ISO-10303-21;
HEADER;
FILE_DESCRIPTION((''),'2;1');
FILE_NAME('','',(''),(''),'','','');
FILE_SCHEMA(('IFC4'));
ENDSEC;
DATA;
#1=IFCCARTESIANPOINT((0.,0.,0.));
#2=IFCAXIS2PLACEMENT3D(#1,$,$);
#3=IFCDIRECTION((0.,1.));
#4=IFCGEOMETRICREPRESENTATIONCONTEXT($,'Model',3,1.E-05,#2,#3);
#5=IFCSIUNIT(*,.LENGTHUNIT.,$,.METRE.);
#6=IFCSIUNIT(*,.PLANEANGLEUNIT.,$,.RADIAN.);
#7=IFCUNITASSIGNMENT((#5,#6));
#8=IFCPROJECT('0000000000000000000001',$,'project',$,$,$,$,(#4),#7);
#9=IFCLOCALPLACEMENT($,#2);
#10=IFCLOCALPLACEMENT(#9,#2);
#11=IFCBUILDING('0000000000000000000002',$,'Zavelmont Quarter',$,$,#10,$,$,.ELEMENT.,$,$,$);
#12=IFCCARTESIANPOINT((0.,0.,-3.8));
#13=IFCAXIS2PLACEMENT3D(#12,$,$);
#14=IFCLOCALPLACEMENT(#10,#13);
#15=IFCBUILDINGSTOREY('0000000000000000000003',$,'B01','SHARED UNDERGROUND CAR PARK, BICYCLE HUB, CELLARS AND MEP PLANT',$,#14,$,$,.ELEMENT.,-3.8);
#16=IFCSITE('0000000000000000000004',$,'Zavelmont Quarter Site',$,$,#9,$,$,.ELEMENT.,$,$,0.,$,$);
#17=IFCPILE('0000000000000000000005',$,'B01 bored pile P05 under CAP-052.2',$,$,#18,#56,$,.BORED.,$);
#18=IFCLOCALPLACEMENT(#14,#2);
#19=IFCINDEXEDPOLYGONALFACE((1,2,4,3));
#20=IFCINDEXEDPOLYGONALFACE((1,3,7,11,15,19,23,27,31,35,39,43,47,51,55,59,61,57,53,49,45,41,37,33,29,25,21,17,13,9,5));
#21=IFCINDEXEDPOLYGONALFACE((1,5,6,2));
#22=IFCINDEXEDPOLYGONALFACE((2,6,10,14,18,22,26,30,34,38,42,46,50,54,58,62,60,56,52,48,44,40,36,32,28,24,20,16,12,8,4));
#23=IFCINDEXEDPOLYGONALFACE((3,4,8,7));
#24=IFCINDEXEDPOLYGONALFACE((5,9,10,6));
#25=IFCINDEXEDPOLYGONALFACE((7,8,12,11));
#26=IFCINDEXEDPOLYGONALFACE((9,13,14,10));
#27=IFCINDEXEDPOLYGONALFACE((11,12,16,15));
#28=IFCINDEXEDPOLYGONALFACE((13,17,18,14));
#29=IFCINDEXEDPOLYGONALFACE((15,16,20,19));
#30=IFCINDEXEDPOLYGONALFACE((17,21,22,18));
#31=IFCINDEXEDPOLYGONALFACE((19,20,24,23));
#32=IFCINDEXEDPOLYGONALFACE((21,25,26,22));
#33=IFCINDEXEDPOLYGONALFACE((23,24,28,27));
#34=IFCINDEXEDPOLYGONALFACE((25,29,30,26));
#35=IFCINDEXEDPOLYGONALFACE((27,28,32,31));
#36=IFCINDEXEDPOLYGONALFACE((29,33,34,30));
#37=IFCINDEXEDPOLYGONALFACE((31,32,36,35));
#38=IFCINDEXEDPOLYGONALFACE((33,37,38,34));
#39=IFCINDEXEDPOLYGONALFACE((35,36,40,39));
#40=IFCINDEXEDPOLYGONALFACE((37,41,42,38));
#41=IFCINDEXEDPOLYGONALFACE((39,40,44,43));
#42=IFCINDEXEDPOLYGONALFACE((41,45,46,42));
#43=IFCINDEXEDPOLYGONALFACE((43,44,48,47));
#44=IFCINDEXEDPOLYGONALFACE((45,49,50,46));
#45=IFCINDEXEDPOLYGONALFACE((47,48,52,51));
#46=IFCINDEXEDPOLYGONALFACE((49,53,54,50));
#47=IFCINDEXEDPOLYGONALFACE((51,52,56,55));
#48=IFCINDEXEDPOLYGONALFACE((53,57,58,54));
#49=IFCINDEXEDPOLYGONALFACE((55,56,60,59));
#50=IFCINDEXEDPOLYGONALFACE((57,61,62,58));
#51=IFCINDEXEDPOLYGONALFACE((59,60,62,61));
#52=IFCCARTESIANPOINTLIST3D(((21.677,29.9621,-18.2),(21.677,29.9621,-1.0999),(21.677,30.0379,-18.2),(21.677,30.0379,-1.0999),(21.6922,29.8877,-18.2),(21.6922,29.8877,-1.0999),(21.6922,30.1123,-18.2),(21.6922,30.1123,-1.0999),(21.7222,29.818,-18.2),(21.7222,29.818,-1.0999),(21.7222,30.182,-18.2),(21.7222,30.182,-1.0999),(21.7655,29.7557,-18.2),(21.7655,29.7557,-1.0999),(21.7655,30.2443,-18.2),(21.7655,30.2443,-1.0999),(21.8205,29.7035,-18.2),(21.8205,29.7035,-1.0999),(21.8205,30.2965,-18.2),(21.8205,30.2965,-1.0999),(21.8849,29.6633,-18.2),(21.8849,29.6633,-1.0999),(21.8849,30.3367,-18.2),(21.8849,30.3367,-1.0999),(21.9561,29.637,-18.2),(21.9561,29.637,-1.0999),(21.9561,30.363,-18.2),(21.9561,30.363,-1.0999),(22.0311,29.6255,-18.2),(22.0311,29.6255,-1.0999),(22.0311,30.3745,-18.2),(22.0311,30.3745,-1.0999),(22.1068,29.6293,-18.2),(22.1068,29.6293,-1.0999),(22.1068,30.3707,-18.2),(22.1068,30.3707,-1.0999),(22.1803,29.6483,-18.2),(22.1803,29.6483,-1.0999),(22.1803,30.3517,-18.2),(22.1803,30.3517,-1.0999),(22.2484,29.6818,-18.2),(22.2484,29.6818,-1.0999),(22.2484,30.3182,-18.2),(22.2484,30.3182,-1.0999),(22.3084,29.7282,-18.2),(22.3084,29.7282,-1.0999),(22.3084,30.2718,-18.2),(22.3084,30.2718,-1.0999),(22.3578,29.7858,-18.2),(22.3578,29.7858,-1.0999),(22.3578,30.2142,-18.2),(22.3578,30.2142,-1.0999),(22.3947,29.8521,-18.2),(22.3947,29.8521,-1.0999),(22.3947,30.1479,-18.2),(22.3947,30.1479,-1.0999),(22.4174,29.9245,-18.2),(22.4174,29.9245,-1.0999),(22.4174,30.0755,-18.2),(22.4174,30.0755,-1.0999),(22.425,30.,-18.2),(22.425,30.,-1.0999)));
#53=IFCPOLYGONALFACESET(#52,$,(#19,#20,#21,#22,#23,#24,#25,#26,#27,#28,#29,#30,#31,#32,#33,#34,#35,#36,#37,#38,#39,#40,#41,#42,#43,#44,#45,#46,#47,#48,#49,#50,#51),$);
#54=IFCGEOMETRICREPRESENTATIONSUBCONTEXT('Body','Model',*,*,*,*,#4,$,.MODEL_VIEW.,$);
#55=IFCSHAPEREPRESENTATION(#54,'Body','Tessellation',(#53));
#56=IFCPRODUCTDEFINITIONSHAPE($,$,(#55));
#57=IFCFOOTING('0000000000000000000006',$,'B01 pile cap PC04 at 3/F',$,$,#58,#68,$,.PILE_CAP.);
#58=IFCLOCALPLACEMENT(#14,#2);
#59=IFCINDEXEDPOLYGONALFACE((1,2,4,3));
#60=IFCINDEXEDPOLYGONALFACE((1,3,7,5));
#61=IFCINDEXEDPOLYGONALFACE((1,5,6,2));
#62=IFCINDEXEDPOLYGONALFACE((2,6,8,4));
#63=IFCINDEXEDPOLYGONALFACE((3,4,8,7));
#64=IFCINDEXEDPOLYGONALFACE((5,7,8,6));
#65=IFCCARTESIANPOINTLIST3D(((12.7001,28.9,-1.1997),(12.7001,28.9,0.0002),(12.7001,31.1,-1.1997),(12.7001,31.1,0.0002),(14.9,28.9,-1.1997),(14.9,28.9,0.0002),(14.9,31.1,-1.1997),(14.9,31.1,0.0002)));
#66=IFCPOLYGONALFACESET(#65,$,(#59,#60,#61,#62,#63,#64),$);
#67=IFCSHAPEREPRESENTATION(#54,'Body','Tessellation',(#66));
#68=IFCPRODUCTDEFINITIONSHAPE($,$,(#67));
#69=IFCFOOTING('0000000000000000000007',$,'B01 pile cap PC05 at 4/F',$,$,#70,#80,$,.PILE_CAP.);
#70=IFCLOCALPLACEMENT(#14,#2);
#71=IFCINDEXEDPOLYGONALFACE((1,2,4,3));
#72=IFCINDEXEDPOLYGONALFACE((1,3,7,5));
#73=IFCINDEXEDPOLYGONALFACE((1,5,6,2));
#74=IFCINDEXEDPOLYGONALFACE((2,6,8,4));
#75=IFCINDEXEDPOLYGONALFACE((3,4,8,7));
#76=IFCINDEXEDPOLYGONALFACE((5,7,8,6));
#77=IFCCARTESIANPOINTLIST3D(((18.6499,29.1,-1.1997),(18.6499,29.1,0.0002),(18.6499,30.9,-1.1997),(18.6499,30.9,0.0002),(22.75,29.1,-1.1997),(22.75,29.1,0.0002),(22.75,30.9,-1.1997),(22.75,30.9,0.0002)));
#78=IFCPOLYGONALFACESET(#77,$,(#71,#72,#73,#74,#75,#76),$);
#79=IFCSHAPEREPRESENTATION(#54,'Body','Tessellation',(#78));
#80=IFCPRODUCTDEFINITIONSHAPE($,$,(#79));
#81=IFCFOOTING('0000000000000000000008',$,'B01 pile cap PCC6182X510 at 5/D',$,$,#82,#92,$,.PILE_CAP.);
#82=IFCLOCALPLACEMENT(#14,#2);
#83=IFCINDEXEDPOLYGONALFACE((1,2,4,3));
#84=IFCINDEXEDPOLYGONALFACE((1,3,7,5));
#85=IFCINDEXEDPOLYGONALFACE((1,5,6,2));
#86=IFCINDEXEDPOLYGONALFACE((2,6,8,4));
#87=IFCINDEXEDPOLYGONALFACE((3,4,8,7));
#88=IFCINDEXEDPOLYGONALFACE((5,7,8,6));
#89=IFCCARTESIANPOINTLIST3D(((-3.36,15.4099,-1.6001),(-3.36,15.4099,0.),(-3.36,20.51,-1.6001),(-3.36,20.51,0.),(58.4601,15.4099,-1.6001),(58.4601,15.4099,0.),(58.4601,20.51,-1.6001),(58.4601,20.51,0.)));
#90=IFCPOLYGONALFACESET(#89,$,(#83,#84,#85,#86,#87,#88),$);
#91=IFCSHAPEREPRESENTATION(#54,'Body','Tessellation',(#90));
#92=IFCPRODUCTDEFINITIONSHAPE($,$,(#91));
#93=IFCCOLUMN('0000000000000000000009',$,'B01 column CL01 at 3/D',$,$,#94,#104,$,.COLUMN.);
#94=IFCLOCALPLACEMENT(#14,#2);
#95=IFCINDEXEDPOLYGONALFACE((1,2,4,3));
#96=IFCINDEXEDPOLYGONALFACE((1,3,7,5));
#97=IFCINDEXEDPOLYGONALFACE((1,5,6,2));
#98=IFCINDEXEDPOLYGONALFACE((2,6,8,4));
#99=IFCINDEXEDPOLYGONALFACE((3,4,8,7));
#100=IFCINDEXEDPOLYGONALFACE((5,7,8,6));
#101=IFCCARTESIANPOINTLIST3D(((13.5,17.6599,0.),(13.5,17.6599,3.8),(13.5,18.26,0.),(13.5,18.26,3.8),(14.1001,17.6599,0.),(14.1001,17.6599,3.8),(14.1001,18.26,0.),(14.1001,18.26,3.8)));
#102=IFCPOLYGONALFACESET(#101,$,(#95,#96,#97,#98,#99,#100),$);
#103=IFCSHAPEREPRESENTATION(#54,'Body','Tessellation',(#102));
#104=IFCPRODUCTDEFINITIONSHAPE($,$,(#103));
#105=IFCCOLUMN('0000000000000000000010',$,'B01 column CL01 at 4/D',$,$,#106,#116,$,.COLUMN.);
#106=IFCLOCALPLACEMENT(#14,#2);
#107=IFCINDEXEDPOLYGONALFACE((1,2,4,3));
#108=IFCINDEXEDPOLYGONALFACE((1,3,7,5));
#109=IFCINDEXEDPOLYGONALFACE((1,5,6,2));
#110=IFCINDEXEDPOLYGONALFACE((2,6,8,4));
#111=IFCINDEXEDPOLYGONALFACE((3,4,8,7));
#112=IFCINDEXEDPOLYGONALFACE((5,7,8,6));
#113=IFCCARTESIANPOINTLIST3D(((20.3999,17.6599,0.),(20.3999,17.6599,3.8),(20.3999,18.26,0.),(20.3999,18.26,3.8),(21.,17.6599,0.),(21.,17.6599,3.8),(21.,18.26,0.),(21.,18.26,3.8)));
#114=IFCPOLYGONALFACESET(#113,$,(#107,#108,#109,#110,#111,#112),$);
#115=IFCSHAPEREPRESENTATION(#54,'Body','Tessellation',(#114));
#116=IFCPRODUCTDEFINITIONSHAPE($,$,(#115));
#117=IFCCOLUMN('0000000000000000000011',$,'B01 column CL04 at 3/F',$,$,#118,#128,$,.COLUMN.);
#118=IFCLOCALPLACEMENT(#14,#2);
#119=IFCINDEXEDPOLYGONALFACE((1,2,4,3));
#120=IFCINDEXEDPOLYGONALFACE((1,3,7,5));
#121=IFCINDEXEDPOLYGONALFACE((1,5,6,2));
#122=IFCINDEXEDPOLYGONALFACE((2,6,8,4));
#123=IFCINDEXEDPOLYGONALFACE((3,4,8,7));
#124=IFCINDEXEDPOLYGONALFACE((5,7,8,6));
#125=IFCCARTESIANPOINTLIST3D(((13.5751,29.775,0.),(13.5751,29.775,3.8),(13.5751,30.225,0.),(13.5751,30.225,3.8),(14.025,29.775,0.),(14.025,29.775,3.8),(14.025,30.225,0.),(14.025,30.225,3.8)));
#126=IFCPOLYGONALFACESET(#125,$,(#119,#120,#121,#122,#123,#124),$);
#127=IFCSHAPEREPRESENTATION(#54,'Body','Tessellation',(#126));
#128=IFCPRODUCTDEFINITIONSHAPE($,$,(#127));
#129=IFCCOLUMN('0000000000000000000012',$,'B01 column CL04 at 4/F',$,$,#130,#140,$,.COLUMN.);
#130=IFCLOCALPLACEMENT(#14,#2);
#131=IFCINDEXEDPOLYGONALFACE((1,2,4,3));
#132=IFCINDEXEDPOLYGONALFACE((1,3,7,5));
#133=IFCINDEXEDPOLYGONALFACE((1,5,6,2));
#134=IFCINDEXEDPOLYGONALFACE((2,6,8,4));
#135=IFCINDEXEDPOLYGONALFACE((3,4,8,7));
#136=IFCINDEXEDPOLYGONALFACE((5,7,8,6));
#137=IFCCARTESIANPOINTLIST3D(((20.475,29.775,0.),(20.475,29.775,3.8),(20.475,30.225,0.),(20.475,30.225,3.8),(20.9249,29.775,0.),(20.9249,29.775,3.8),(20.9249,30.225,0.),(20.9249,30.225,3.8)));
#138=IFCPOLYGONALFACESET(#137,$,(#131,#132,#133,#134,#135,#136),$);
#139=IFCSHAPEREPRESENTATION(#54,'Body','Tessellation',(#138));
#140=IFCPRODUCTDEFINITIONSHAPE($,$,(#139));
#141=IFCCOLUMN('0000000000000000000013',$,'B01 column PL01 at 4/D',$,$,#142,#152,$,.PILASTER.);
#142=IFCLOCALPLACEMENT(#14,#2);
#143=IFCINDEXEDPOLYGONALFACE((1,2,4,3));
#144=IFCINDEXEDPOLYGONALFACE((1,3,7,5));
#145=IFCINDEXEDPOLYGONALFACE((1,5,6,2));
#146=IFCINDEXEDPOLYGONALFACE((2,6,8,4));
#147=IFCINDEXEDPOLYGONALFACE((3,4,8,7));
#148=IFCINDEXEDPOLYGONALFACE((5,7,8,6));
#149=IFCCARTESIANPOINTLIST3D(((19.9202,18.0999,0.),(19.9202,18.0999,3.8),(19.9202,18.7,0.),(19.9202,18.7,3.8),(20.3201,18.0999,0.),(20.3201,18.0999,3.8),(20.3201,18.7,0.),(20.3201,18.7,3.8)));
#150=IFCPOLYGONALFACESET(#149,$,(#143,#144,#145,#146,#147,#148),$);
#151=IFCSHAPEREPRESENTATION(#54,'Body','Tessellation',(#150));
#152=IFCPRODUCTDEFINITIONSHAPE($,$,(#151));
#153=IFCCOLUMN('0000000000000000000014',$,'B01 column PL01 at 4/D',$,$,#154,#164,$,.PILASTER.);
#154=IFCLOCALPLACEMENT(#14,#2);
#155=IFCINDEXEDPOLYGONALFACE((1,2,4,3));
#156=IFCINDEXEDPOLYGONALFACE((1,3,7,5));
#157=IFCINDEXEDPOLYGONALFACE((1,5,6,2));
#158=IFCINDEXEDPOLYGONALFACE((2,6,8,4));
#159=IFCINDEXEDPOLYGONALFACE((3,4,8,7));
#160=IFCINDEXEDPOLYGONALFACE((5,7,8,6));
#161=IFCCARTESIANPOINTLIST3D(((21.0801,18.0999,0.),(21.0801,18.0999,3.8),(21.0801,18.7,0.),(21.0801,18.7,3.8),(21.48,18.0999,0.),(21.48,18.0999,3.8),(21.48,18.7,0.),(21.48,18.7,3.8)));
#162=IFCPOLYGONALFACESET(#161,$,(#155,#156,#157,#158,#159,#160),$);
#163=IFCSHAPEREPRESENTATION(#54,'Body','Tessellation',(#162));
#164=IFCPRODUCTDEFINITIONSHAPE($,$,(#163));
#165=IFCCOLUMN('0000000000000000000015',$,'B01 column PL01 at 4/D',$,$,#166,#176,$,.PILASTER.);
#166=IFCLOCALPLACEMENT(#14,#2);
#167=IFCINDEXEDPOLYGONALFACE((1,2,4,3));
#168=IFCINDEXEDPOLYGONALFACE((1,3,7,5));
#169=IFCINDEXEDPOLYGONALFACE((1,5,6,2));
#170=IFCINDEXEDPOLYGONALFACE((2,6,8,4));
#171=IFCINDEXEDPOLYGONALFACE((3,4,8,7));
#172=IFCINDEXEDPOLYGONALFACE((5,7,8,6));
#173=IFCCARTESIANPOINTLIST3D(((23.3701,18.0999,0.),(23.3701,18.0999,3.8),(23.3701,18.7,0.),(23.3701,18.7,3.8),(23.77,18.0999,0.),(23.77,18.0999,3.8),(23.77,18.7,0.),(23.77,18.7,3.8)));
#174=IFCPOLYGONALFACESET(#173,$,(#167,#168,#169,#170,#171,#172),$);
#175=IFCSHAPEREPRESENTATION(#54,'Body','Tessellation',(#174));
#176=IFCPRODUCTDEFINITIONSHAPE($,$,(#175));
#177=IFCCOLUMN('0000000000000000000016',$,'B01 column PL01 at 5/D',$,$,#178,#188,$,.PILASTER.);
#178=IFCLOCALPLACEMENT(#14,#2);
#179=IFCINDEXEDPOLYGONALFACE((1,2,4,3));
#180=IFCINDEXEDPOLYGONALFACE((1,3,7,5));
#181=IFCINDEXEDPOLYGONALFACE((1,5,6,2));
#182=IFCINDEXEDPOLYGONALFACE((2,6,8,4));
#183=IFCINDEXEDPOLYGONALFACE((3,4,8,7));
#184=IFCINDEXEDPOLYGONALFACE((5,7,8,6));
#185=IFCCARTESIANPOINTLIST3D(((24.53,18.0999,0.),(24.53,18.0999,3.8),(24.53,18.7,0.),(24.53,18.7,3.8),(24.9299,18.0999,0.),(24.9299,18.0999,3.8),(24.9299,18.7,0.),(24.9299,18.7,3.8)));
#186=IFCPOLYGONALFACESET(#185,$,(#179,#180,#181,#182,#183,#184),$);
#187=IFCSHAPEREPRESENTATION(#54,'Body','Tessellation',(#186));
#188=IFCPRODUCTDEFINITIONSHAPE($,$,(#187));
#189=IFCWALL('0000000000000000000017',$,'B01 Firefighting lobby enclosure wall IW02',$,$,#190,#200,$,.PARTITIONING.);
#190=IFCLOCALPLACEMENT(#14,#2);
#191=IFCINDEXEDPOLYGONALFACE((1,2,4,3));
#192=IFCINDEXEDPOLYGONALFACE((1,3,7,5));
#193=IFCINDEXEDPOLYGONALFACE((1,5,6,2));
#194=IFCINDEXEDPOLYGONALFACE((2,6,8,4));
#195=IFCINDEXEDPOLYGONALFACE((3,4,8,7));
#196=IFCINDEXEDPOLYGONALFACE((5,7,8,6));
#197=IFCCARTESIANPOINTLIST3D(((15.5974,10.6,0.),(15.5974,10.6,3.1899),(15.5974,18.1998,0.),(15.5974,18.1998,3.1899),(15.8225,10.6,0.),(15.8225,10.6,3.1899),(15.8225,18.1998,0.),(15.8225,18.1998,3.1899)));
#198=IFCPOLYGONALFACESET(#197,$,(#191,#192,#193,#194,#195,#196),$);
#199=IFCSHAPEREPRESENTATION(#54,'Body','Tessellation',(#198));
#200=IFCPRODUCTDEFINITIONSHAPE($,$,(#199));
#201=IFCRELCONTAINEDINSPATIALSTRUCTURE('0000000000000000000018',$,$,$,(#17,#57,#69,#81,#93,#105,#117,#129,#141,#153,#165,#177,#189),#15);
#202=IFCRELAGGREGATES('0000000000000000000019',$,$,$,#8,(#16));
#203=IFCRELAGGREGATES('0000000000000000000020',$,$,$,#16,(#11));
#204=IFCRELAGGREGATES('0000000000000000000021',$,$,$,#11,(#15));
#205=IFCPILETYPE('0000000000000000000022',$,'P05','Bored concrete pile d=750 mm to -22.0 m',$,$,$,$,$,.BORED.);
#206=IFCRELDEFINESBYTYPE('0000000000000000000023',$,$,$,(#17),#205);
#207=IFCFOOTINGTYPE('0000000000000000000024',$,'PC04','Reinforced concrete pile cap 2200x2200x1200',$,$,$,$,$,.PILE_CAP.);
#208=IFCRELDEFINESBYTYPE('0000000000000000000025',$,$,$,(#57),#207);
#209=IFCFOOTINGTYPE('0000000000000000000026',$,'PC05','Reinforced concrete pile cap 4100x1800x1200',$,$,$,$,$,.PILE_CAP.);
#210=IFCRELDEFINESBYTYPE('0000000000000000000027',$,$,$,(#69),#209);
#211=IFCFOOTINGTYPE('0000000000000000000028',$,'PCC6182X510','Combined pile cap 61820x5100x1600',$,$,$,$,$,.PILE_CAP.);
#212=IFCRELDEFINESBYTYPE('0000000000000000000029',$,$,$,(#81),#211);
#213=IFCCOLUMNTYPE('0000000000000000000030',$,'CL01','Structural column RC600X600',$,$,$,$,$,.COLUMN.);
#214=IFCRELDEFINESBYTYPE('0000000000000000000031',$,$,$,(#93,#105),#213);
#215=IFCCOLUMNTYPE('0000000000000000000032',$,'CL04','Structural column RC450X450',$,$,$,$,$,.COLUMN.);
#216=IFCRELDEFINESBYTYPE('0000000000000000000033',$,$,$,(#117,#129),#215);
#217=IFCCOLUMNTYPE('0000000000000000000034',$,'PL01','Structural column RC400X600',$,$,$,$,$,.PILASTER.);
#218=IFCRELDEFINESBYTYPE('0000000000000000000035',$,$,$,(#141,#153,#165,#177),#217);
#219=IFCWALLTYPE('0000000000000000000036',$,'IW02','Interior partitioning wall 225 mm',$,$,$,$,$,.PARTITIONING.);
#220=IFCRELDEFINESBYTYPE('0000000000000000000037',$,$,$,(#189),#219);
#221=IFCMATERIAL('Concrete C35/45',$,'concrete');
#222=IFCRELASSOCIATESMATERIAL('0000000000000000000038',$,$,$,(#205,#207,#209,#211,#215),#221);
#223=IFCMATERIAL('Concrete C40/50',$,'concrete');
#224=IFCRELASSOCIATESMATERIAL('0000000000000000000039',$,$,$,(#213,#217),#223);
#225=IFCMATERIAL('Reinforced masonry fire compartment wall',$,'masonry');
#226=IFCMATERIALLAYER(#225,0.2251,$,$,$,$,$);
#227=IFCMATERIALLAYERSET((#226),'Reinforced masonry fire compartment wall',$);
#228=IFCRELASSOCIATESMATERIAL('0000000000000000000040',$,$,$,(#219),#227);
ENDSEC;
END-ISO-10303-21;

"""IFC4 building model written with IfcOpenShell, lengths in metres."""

from ifc_helpers import new_model, si_unit, direction, frame, frame_2d, origin, origin_2d, place, context, subcontext, project, spatial, rectangle, circle, extrude, material, layer, layer_set, material_profile, profile_set, type_object, element, save


model = new_model("IFC4")

# Units and contexts
model_context = context("Model", 3, precision=1e-05, world=origin(), true_north=direction((0.0, 1.0)))
body_context = subcontext(model_context, "Body", "Model", "MODEL_VIEW")
ifc_project = project(units=[si_unit("LENGTHUNIT", "METRE"), si_unit("PLANEANGLEUNIT", "RADIAN")], contexts=[model_context])

# Site, building, storey
site_placement = place(None, origin())
site = spatial("IfcSite", under=ifc_project, at=site_placement, Name="Zavelmont Quarter Site", CompositionType="ELEMENT", RefElevation=0.0)
building_placement = place(site_placement, origin())
building = spatial("IfcBuilding", under=site, at=building_placement, Name="Zavelmont Quarter", CompositionType="ELEMENT")
storey_placement = place(building_placement, frame((0.0, 0.0, -3.8)))
storey = spatial("IfcBuildingStorey", under=building, at=storey_placement, Name="B01", Description="SHARED UNDERGROUND CAR PARK, BICYCLE HUB, CELLARS AND MEP PLANT", CompositionType="ELEMENT", Elevation=-3.8)

# Shared definitions
ifc_material_1 = material(Name="Concrete C35/45", Category="concrete")

# Pile
ifc_material_profile_1 = material_profile(ifc_material_1, circle(Radius=0.375, at=origin_2d()), Name="BP750")
ifc_profile_set_1 = profile_set([ifc_material_profile_1], Name="Concrete C35/45")
pile_type_1 = type_object("IfcPileType", Name="P05", Description="Bored concrete pile d=750 mm to -22.0 m", PredefinedType="BORED", material=ifc_profile_set_1)
for number, where, z_axis, x_axis, name in (
    (1, (22.05, 30.0, -1.0999), (0.0, 0.0, -1.0), (1.0, 0.0, 0.0), "B01 bored pile P05 under CAP-052.2"),
):
    element("IfcPile", number, at=place(storey_placement, frame(where, z_axis=z_axis, x_axis=x_axis)), inside=storey, type_object=pile_type_1, Name=name, PredefinedType="BORED", context=body_context, shape_type="SweptSolid", body=[
        extrude(circle(Radius=0.375, at=origin_2d()), origin(), (0.0, 0.0, 1.0), 17.1001),
    ])

# Footings
footing_type_1 = type_object("IfcFootingType", Name="PC04", Description="Reinforced concrete pile cap 2200x2200x1200", PredefinedType="PILE_CAP", material=ifc_material_1)
footing_1_placement = place(storey_placement, frame((13.8, 30.0, -1.1997), z_axis=(0.0, 0.0, 1.0), x_axis=(1.0, 0.0, 0.0)))
element("IfcFooting", 2, at=footing_1_placement, inside=storey, type_object=footing_type_1, Name="B01 pile cap PC04 at 3/F", PredefinedType="PILE_CAP", context=body_context, shape_type="SweptSolid", body=[
    extrude(rectangle(XDim=2.2, YDim=2.2, at=origin_2d()), origin(), (0.0, 0.0, 1.0), 1.2),
])
footing_type_2 = type_object("IfcFootingType", Name="PC05", Description="Reinforced concrete pile cap 4100x1800x1200", PredefinedType="PILE_CAP", material=ifc_material_1)
footing_2_placement = place(storey_placement, frame((20.7, 30.0, -1.1997), z_axis=(0.0, 0.0, 1.0), x_axis=(1.0, 0.0, 0.0)))
element("IfcFooting", 3, at=footing_2_placement, inside=storey, type_object=footing_type_2, Name="B01 pile cap PC05 at 4/F", PredefinedType="PILE_CAP", context=body_context, shape_type="SweptSolid", body=[
    extrude(rectangle(XDim=4.1001, YDim=1.8, at=origin_2d()), origin(), (0.0, 0.0, 1.0), 1.2),
])
footing_type_3 = type_object("IfcFootingType", Name="PCC6182X510", Description="Combined pile cap 61820x5100x1600", PredefinedType="PILE_CAP", material=ifc_material_1)
footing_3_placement = place(storey_placement, frame((27.55, 17.96, -1.6001), z_axis=(0.0, 0.0, 1.0), x_axis=(1.0, 0.0, 0.0)))
element("IfcFooting", 4, at=footing_3_placement, inside=storey, type_object=footing_type_3, Name="B01 pile cap PCC6182X510 at 5/D", PredefinedType="PILE_CAP", context=body_context, shape_type="SweptSolid", body=[
    extrude(rectangle(XDim=61.8201, YDim=5.1001, at=origin_2d()), origin(), (0.0, 0.0, 1.0), 1.6001),
])

# Columns
ifc_material_2 = material(Name="Concrete C40/50", Category="concrete")
ifc_material_profile_2 = material_profile(ifc_material_2, rectangle(XDim=0.6001, YDim=0.6001, at=origin_2d()), Name="RC600X600")
ifc_profile_set_2 = profile_set([ifc_material_profile_2], Name="Concrete C40/50")
column_type_1 = type_object("IfcColumnType", Name="CL01", Description="Structural column RC600X600", PredefinedType="COLUMN", material=ifc_profile_set_2)
for number, where, z_axis, x_axis, name in (
    (5, (13.8, 17.96, 0.0), (0.0, 0.0, 1.0), (1.0, 0.0, 0.0), "B01 column CL01 at 3/D"),
    (6, (20.7, 17.96, 0.0), (0.0, 0.0, 1.0), (1.0, 0.0, 0.0), "B01 column CL01 at 4/D"),
):
    element("IfcColumn", number, at=place(storey_placement, frame(where, z_axis=z_axis, x_axis=x_axis)), inside=storey, type_object=column_type_1, Name=name, PredefinedType="COLUMN", context=body_context, shape_type="SweptSolid", body=[
        extrude(rectangle(XDim=0.6001, YDim=0.6001, at=origin_2d()), origin(), (0.0, 0.0, 1.0), 3.8),
    ])
ifc_material_profile_3 = material_profile(ifc_material_1, rectangle(XDim=0.45, YDim=0.45, at=origin_2d()), Name="RC450X450")
ifc_profile_set_3 = profile_set([ifc_material_profile_3], Name="Concrete C35/45")
column_type_2 = type_object("IfcColumnType", Name="CL04", Description="Structural column RC450X450", PredefinedType="COLUMN", material=ifc_profile_set_3)
for number, where, z_axis, x_axis, name in (
    (7, (13.8, 30.0, 0.0), (0.0, 0.0, 1.0), (1.0, 0.0, 0.0), "B01 column CL04 at 3/F"),
    (8, (20.7, 30.0, 0.0), (0.0, 0.0, 1.0), (1.0, 0.0, 0.0), "B01 column CL04 at 4/F"),
):
    element("IfcColumn", number, at=place(storey_placement, frame(where, z_axis=z_axis, x_axis=x_axis)), inside=storey, type_object=column_type_2, Name=name, PredefinedType="COLUMN", context=body_context, shape_type="SweptSolid", body=[
        extrude(rectangle(XDim=0.45, YDim=0.45, at=origin_2d()), origin(), (0.0, 0.0, 1.0), 3.8),
    ])
ifc_material_profile_4 = material_profile(ifc_material_2, rectangle(XDim=0.3999, YDim=0.6001, at=origin_2d()), Name="RC400X600")
ifc_profile_set_4 = profile_set([ifc_material_profile_4], Name="Concrete C40/50")
column_type_3 = type_object("IfcColumnType", Name="PL01", Description="Structural column RC400X600", PredefinedType="PILASTER", material=ifc_profile_set_4)
for number, where, z_axis, x_axis, name in (
    (9, (20.1201, 18.3999, 0.0), (0.0, 0.0, 1.0), (1.0, 0.0, 0.0), "B01 column PL01 at 4/D"),
    (10, (21.28, 18.3999, 0.0), (0.0, 0.0, 1.0), (1.0, 0.0, 0.0), "B01 column PL01 at 4/D"),
    (11, (23.5701, 18.3999, 0.0), (0.0, 0.0, 1.0), (1.0, 0.0, 0.0), "B01 column PL01 at 4/D"),
    (12, (24.73, 18.3999, 0.0), (0.0, 0.0, 1.0), (1.0, 0.0, 0.0), "B01 column PL01 at 5/D"),
):
    element("IfcColumn", number, at=place(storey_placement, frame(where, z_axis=z_axis, x_axis=x_axis)), inside=storey, type_object=column_type_3, Name=name, PredefinedType="PILASTER", context=body_context, shape_type="SweptSolid", body=[
        extrude(rectangle(XDim=0.3999, YDim=0.6001, at=origin_2d()), origin(), (0.0, 0.0, 1.0), 3.8),
    ])

# Wall
ifc_material_3 = material(Name="Reinforced masonry fire compartment wall", Category="masonry")
ifc_layer_1 = layer(ifc_material_3, 0.2251)
ifc_layer_set_1 = layer_set([ifc_layer_1], Name="Reinforced masonry fire compartment wall")
wall_type_1 = type_object("IfcWallType", Name="IW02", Description="Interior partitioning wall 225 mm", PredefinedType="PARTITIONING", material=ifc_layer_set_1)
wall_1_placement = place(storey_placement, frame((15.71, 10.6001, 0.0), z_axis=(0.0, 0.0, 1.0), x_axis=(0.0, 1.0, 0.0)))
element("IfcWall", 13, at=wall_1_placement, inside=storey, type_object=wall_type_1, Name="B01 Firefighting lobby enclosure wall IW02", PredefinedType="PARTITIONING", context=body_context, shape_type="SweptSolid", body=[
    extrude(rectangle(XDim=7.5999, YDim=0.2251, at=frame_2d((3.7998, 0.0))), origin(), (0.0, 0.0, 1.0), 3.1899),
])

save(model, "model.ifc")
